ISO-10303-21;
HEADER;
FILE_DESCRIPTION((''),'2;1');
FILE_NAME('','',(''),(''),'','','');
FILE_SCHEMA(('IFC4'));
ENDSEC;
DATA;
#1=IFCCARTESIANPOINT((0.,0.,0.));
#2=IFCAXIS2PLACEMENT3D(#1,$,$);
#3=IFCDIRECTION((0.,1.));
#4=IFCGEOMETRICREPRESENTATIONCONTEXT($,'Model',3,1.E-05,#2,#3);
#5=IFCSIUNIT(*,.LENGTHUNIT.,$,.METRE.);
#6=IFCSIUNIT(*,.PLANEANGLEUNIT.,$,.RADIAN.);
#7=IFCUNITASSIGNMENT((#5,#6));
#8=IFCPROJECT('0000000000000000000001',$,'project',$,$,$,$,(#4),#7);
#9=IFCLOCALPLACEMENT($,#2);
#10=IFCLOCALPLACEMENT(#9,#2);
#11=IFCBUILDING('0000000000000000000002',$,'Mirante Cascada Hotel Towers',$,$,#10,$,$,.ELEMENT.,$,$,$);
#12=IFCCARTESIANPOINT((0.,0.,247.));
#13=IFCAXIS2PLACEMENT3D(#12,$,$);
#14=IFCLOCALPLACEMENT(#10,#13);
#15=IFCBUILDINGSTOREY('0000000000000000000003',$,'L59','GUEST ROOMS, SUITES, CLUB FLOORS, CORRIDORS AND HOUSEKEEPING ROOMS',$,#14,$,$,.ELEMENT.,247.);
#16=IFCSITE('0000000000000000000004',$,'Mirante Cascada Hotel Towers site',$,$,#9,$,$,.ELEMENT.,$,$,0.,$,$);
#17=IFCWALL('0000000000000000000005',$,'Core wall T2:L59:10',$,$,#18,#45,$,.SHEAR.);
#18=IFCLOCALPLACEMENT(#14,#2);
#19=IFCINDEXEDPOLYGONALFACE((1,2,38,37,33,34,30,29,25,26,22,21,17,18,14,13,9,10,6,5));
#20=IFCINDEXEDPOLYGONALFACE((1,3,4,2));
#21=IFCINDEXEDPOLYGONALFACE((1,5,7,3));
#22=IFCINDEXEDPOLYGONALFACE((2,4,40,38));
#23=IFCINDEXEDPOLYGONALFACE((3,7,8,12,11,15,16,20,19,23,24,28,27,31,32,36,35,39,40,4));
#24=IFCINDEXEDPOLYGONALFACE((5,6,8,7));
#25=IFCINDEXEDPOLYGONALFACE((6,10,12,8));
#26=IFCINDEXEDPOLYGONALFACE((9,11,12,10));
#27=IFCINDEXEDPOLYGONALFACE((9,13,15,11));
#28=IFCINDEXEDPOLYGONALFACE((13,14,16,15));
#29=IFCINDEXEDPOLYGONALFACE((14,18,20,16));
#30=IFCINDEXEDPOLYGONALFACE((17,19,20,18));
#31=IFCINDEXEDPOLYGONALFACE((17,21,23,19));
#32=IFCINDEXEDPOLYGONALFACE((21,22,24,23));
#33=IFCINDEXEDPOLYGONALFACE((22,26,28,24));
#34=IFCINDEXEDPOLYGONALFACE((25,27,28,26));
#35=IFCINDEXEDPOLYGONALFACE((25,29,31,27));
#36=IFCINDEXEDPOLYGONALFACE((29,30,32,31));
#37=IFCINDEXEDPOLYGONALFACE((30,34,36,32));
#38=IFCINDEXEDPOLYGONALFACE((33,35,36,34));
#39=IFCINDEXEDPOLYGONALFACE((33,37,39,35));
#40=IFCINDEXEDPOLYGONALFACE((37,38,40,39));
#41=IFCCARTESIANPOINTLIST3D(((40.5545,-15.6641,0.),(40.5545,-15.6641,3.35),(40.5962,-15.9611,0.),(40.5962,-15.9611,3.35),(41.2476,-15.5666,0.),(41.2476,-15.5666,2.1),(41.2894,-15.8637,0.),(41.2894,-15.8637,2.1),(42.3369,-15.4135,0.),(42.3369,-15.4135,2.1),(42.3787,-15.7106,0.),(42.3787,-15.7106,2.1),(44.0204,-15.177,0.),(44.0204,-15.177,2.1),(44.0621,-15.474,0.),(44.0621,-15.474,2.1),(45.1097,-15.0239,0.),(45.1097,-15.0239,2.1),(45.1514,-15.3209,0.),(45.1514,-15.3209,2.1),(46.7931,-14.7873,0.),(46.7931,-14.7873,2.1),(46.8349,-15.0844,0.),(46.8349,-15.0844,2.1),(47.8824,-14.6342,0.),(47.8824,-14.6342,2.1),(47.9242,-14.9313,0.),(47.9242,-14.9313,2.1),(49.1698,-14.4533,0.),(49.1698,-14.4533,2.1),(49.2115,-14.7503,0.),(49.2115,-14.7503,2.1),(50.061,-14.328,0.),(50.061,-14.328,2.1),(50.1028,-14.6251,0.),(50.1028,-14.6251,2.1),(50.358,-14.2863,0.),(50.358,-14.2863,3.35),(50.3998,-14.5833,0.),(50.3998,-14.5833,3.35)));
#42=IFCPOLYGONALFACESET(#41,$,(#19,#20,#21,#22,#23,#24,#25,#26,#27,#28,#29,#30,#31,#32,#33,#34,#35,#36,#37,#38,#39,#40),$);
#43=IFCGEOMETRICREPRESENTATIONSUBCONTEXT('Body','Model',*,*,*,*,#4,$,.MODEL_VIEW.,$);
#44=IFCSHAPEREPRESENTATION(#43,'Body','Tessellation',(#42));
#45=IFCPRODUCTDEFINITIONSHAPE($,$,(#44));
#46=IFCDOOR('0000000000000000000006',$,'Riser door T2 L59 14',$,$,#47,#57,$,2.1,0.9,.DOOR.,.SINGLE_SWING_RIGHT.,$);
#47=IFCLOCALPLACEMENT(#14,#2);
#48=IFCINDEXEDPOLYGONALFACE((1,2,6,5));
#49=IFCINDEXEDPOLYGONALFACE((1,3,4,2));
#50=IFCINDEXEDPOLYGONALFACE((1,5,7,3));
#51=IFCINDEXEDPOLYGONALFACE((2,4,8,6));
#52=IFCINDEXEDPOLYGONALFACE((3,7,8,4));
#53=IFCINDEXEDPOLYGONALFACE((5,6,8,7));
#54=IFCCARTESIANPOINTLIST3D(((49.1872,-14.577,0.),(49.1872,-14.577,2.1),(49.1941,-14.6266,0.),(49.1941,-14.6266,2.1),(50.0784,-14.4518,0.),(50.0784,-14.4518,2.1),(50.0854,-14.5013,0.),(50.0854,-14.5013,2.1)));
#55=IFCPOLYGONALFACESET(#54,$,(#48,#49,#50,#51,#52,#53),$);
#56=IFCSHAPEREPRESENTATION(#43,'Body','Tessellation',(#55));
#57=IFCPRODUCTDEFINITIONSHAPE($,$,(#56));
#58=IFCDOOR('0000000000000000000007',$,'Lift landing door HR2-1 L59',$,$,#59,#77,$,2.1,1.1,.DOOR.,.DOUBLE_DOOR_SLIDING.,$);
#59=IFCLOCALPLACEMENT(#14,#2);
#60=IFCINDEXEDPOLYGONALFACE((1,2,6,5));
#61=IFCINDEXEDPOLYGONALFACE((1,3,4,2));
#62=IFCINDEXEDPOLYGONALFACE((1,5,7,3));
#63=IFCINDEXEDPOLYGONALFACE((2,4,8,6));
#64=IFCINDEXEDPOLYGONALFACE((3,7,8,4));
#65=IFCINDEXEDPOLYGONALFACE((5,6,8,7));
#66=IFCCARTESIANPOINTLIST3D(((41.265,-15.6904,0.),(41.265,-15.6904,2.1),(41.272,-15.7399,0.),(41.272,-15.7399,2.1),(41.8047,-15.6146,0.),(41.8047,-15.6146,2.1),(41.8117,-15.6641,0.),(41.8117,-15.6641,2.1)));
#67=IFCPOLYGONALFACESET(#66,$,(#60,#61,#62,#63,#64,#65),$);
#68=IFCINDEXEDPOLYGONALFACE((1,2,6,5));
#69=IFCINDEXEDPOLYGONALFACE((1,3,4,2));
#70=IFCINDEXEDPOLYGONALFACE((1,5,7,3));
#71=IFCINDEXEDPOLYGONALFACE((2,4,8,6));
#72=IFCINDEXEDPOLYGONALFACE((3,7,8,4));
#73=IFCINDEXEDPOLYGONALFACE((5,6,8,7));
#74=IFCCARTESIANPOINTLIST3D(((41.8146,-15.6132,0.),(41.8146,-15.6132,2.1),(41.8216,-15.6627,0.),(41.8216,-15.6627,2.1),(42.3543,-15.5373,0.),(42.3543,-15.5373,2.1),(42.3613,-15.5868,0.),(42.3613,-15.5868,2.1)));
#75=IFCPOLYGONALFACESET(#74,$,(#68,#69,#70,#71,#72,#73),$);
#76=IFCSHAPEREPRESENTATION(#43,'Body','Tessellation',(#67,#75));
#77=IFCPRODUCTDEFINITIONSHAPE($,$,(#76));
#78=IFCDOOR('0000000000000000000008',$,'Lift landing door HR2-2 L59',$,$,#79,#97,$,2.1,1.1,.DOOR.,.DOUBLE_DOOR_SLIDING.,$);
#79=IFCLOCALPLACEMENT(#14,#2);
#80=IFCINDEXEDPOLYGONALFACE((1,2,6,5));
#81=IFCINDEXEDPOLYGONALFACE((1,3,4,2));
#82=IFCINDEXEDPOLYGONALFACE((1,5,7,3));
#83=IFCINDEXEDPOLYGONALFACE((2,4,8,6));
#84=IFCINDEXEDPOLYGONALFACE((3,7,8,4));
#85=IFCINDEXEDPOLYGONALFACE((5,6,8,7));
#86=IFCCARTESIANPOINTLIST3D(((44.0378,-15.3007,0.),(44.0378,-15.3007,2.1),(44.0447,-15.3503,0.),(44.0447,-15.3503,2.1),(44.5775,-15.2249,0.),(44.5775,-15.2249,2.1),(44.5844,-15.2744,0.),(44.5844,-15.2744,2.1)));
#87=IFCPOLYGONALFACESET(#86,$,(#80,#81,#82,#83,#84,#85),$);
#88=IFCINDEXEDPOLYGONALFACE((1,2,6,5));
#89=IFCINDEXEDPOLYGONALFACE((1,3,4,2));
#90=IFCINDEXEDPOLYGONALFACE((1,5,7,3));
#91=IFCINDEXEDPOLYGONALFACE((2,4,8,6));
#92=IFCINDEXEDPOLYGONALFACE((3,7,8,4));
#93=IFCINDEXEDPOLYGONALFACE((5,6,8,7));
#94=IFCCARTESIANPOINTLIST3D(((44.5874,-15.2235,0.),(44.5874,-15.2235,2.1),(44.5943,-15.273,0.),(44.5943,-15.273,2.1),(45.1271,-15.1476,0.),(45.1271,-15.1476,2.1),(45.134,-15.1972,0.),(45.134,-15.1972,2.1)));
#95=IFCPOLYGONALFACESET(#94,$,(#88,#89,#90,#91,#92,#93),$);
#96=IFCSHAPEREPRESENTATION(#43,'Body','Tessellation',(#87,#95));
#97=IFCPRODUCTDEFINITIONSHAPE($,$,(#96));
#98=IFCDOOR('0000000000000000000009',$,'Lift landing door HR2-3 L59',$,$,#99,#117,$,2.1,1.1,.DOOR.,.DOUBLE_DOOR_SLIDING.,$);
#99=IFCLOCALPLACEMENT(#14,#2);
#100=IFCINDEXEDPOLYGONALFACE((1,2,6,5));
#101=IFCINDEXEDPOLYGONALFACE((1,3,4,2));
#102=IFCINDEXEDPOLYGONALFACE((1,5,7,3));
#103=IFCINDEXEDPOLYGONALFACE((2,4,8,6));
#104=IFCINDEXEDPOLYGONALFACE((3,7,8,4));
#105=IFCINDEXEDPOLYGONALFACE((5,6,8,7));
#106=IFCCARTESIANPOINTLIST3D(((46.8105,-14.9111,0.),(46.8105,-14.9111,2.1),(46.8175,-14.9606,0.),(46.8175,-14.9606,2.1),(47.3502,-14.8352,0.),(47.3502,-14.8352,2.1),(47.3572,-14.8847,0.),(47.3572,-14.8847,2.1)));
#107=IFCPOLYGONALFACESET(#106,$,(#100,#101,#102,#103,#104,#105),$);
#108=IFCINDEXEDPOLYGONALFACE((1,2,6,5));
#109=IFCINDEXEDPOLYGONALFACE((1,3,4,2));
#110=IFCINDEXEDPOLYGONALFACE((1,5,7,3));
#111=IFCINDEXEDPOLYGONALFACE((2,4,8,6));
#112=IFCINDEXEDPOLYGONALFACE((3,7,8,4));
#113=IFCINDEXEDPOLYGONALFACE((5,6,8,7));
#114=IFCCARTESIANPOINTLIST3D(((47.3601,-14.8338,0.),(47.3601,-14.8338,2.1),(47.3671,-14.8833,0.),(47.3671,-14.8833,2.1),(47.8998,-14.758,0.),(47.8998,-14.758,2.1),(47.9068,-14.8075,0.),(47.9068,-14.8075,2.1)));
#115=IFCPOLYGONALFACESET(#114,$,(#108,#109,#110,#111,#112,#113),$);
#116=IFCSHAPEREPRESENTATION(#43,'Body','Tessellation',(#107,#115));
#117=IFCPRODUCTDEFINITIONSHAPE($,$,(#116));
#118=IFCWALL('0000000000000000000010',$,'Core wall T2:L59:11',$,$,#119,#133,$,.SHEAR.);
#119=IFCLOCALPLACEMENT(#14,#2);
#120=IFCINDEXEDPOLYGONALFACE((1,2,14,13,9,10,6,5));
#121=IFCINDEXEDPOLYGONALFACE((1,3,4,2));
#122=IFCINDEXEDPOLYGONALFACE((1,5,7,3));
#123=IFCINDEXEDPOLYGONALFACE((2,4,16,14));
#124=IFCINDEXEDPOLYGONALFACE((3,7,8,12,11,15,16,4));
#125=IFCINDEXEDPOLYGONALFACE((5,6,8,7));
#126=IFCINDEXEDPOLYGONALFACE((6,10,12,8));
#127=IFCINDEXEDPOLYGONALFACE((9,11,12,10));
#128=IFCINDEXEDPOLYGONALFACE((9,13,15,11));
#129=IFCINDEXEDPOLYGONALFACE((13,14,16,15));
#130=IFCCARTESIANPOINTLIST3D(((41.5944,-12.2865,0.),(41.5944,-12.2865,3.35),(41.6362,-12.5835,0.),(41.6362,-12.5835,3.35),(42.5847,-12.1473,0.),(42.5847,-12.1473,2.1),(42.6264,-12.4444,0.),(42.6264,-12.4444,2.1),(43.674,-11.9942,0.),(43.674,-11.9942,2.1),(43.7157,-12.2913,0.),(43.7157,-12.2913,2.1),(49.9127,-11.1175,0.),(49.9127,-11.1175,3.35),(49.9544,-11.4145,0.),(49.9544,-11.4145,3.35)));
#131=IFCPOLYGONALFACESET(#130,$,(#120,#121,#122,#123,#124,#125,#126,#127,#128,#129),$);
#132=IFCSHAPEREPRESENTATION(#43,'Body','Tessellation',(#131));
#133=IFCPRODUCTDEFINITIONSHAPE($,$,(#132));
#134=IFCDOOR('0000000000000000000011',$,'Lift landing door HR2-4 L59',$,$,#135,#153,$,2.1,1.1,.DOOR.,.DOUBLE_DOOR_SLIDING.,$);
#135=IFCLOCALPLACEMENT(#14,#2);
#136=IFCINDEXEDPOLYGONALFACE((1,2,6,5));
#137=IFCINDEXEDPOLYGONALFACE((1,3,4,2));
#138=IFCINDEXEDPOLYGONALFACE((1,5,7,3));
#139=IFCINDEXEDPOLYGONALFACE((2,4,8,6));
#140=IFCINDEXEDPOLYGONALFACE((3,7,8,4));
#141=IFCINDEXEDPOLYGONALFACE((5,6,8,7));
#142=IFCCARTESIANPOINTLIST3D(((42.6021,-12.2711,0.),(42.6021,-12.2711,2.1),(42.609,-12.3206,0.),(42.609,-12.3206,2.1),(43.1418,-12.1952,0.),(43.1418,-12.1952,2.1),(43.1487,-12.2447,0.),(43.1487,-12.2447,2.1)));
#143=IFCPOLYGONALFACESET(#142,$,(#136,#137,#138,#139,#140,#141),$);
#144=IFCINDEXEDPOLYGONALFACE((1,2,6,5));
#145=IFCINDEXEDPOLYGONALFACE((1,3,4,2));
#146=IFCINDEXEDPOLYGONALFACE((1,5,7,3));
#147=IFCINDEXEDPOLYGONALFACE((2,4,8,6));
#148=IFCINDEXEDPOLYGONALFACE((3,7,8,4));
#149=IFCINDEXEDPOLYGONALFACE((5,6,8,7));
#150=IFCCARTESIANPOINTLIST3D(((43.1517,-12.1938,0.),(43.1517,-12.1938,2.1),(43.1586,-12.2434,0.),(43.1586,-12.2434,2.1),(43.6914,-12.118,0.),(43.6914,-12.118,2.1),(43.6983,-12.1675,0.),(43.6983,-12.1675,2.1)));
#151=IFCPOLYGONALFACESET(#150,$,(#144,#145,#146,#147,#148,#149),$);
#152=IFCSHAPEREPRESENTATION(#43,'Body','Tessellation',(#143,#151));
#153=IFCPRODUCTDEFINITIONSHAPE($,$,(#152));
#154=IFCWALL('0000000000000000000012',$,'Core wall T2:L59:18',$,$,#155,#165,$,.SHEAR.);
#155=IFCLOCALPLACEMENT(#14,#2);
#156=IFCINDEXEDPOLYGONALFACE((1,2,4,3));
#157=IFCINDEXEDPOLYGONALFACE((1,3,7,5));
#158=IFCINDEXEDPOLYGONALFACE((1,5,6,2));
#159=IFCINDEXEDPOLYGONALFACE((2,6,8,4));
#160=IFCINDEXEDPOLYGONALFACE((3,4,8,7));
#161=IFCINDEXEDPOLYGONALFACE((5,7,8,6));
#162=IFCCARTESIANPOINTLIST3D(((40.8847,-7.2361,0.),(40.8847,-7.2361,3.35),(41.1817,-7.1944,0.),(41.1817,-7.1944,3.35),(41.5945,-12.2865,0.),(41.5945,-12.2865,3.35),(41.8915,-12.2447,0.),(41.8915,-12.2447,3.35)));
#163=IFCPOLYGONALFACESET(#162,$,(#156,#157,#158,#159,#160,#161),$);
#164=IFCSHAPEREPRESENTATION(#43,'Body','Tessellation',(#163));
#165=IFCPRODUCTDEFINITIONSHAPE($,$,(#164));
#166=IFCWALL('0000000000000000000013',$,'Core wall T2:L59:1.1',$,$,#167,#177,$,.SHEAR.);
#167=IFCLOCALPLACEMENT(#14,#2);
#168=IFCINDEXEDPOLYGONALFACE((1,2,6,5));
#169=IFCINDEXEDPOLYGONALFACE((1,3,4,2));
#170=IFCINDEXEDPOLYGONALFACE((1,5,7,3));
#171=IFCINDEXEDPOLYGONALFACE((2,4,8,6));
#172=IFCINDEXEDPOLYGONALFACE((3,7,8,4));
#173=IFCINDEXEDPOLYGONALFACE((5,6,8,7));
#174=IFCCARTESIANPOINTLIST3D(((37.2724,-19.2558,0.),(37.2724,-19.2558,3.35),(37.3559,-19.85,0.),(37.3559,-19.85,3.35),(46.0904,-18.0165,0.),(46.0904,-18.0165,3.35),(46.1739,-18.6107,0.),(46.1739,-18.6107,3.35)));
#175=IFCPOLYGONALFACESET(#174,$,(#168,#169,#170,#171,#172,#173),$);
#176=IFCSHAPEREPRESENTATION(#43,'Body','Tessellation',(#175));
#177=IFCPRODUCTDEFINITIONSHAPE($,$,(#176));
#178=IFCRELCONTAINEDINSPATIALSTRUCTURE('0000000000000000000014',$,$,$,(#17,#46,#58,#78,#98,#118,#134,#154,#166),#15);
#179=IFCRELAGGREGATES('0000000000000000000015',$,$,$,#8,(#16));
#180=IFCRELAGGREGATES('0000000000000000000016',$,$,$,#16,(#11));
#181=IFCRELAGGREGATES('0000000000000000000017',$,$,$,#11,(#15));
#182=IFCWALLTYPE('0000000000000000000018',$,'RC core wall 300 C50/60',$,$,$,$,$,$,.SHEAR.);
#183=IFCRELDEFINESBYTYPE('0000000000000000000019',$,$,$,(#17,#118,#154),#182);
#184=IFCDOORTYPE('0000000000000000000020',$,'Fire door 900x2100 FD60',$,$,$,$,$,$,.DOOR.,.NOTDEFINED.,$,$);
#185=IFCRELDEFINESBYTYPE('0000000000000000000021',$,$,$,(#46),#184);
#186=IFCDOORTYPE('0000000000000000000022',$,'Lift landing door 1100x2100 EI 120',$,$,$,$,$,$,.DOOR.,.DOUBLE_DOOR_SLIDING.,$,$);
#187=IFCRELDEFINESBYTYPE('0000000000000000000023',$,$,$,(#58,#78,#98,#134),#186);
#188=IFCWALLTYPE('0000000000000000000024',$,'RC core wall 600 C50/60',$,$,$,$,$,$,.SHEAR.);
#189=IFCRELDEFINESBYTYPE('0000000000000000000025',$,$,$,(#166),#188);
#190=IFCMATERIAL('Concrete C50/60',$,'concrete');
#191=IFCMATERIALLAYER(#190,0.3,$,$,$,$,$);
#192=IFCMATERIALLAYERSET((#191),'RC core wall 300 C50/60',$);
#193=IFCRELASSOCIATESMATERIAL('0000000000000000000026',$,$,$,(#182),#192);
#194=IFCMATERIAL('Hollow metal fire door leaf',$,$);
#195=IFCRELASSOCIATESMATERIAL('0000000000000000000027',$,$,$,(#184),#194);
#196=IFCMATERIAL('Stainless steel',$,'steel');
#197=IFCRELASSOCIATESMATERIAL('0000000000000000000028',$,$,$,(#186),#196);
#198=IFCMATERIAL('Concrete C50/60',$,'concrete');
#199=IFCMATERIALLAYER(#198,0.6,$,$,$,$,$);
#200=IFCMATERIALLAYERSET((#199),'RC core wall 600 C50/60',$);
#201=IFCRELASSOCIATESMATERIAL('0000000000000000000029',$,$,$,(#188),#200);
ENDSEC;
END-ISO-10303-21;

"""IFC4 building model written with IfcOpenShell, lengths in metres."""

from ifc_helpers import new_model, si_unit, direction, frame, frame_2d, origin, place, context, subcontext, project, spatial, rectangle, extrude, material, layer, layer_set, type_object, element, fill, save


model = new_model("IFC4")

# Units and contexts
model_context = context("Model", 3, precision=1e-05, world=origin(), true_north=direction((0.0, 1.0)))
body_context = subcontext(model_context, "Body", "Model", "MODEL_VIEW")
ifc_project = project(units=[si_unit("LENGTHUNIT", "METRE"), si_unit("PLANEANGLEUNIT", "RADIAN")], contexts=[model_context])

# Site, building, storey
site_placement = place(None, origin())
site = spatial("IfcSite", under=ifc_project, at=site_placement, Name="Mirante Cascada Hotel Towers site", CompositionType="ELEMENT", RefElevation=0.0)
building_placement = place(site_placement, origin())
building = spatial("IfcBuilding", under=site, at=building_placement, Name="Mirante Cascada Hotel Towers", CompositionType="ELEMENT")
storey_placement = place(building_placement, frame((0.0, 0.0, 247.0)))
storey = spatial("IfcBuildingStorey", under=building, at=storey_placement, Name="L59", Description="GUEST ROOMS, SUITES, CLUB FLOORS, CORRIDORS AND HOUSEKEEPING ROOMS", CompositionType="ELEMENT", Elevation=247.0)

# Shared definitions
ifc_material_1 = material(Name="Concrete C50/60", Category="concrete")
ifc_layer_1 = layer(ifc_material_1, 0.3)
ifc_layer_set_1 = layer_set([ifc_layer_1], Name="RC core wall 300 C50/60")
wall_type_1 = type_object("IfcWallType", Name="RC core wall 300 C50/60", PredefinedType="SHEAR", material=ifc_layer_set_1)

# Wall, openings, doors
wall_1_placement = place(storey_placement, frame((40.5753, -15.8126, 0.0), z_axis=(0.0, 0.0, 1.0), x_axis=(0.990268, 0.139173, 0.0)))
wall_1 = element("IfcWall", 1, at=wall_1_placement, inside=storey, type_object=wall_type_1, Name="Core wall T2:L59:10", PredefinedType="SHEAR", context=body_context, shape_type="SweptSolid", body=[
    extrude(rectangle(XDim=9.8999, YDim=0.3, at=frame_2d((4.95, 0.0))), origin(), (0.0, 0.0, 1.0), 3.35),
])
opening_1_placement = place(wall_1_placement, frame((0.7, 0.0, 0.0)))
opening_1 = element("IfcOpeningElement", 2, at=opening_1_placement, cuts=wall_1, PredefinedType="OPENING", context=body_context, shape_type="SweptSolid", body=[
    extrude(rectangle(XDim=1.1, YDim=2.1, at=frame_2d((0.55, 1.05))), frame((0.0, 0.15, 0.0), z_axis=(0.0, -1.0, 0.0), x_axis=(1.0, 0.0, 0.0)), (0.0, 0.0, 1.0), 0.3),
])
opening_2_placement = place(wall_1_placement, frame((3.5, 0.0, 0.0)))
opening_2 = element("IfcOpeningElement", 3, at=opening_2_placement, cuts=wall_1, PredefinedType="OPENING", context=body_context, shape_type="SweptSolid", body=[
    extrude(rectangle(XDim=1.1, YDim=2.1, at=frame_2d((0.55, 1.05))), frame((0.0, 0.15, 0.0), z_axis=(0.0, -1.0, 0.0), x_axis=(1.0, 0.0, 0.0)), (0.0, 0.0, 1.0), 0.3),
])
opening_3_placement = place(wall_1_placement, frame((6.3, 0.0, 0.0)))
opening_3 = element("IfcOpeningElement", 4, at=opening_3_placement, cuts=wall_1, PredefinedType="OPENING", context=body_context, shape_type="SweptSolid", body=[
    extrude(rectangle(XDim=1.1, YDim=2.1, at=frame_2d((0.55, 1.05))), frame((0.0, 0.15, 0.0), z_axis=(0.0, -1.0, 0.0), x_axis=(1.0, 0.0, 0.0)), (0.0, 0.0, 1.0), 0.3),
])
opening_4_placement = place(wall_1_placement, frame((8.7, 0.0, 0.0)))
opening_4 = element("IfcOpeningElement", 5, at=opening_4_placement, cuts=wall_1, PredefinedType="OPENING", context=body_context, shape_type="SweptSolid", body=[
    extrude(rectangle(XDim=0.9, YDim=2.1, at=frame_2d((0.45, 1.05))), frame((0.0, 0.15, 0.0), z_axis=(0.0, -1.0, 0.0), x_axis=(1.0, 0.0, 0.0)), (0.0, 0.0, 1.0), 0.3),
])
ifc_material_2 = material(Name="Hollow metal fire door leaf")
door_type_1 = type_object("IfcDoorType", Name="Fire door 900x2100 FD60", OperationType="NOTDEFINED", PredefinedType="DOOR", material=ifc_material_2)
door_1_placement = place(opening_4_placement, frame((0.9, 0.0, 0.0), z_axis=(0.0, 0.0, 1.0), x_axis=(-1.0, 0.0, 0.0)))
door_1 = element("IfcDoor", 6, at=door_1_placement, inside=storey, type_object=door_type_1, Name="Riser door T2 L59 14", OperationType="SINGLE_SWING_RIGHT", OverallHeight=2.1, OverallWidth=0.9, PredefinedType="DOOR", context=body_context, shape_type="SweptSolid", body=[
    extrude(rectangle(XDim=0.9, YDim=2.1, at=frame_2d((0.45, 1.05))), frame((0.0, 0.025, 0.0), z_axis=(0.0, -1.0, 0.0), x_axis=(1.0, 0.0, 0.0)), (0.0, 0.0, 1.0), 0.05),
])
fill(opening_4, door_1)
ifc_material_3 = material(Name="Stainless steel", Category="steel")
door_type_2 = type_object("IfcDoorType", Name="Lift landing door 1100x2100 EI 120", OperationType="DOUBLE_DOOR_SLIDING", PredefinedType="DOOR", material=ifc_material_3)
door_2_placement = place(opening_1_placement, origin())
door_2 = element("IfcDoor", 7, at=door_2_placement, inside=storey, type_object=door_type_2, Name="Lift landing door HR2-1 L59", OperationType="DOUBLE_DOOR_SLIDING", OverallHeight=2.1, OverallWidth=1.1, PredefinedType="DOOR", context=body_context, shape_type="SweptSolid", body=[
    extrude(rectangle(XDim=0.545, YDim=2.1, at=frame_2d((0.2725, 1.05))), frame((0.0, 0.025, 0.0), z_axis=(0.0, -1.0, 0.0), x_axis=(1.0, 0.0, 0.0)), (0.0, 0.0, 1.0), 0.05),
    extrude(rectangle(XDim=0.545, YDim=2.1, at=frame_2d((0.8275, 1.05))), frame((0.0, 0.025, 0.0), z_axis=(0.0, -1.0, 0.0), x_axis=(1.0, 0.0, 0.0)), (0.0, 0.0, 1.0), 0.05),
])
fill(opening_1, door_2)
door_3_placement = place(opening_2_placement, origin())
door_3 = element("IfcDoor", 8, at=door_3_placement, inside=storey, type_object=door_type_2, Name="Lift landing door HR2-2 L59", OperationType="DOUBLE_DOOR_SLIDING", OverallHeight=2.1, OverallWidth=1.1, PredefinedType="DOOR", context=body_context, shape_type="SweptSolid", body=[
    extrude(rectangle(XDim=0.545, YDim=2.1, at=frame_2d((0.2725, 1.05))), frame((0.0, 0.025, 0.0), z_axis=(0.0, -1.0, 0.0), x_axis=(1.0, 0.0, 0.0)), (0.0, 0.0, 1.0), 0.05),
    extrude(rectangle(XDim=0.545, YDim=2.1, at=frame_2d((0.8275, 1.05))), frame((0.0, 0.025, 0.0), z_axis=(0.0, -1.0, 0.0), x_axis=(1.0, 0.0, 0.0)), (0.0, 0.0, 1.0), 0.05),
])
fill(opening_2, door_3)
door_4_placement = place(opening_3_placement, origin())
door_4 = element("IfcDoor", 9, at=door_4_placement, inside=storey, type_object=door_type_2, Name="Lift landing door HR2-3 L59", OperationType="DOUBLE_DOOR_SLIDING", OverallHeight=2.1, OverallWidth=1.1, PredefinedType="DOOR", context=body_context, shape_type="SweptSolid", body=[
    extrude(rectangle(XDim=0.545, YDim=2.1, at=frame_2d((0.2725, 1.05))), frame((0.0, 0.025, 0.0), z_axis=(0.0, -1.0, 0.0), x_axis=(1.0, 0.0, 0.0)), (0.0, 0.0, 1.0), 0.05),
    extrude(rectangle(XDim=0.545, YDim=2.1, at=frame_2d((0.8275, 1.05))), frame((0.0, 0.025, 0.0), z_axis=(0.0, -1.0, 0.0), x_axis=(1.0, 0.0, 0.0)), (0.0, 0.0, 1.0), 0.05),
])
fill(opening_3, door_4)

# Wall, opening, door
wall_2_placement = place(storey_placement, frame((41.6153, -12.435, 0.0), z_axis=(0.0, 0.0, 1.0), x_axis=(0.990269, 0.139166, 0.0)))
wall_2 = element("IfcWall", 10, at=wall_2_placement, inside=storey, type_object=wall_type_1, Name="Core wall T2:L59:11", PredefinedType="SHEAR", context=body_context, shape_type="SweptSolid", body=[
    extrude(rectangle(XDim=8.4, YDim=0.3, at=frame_2d((4.2, 0.0))), origin(), (0.0, 0.0, 1.0), 3.35),
])
opening_5_placement = place(wall_2_placement, frame((1.0, 0.0, 0.0)))
opening_5 = element("IfcOpeningElement", 11, at=opening_5_placement, cuts=wall_2, PredefinedType="OPENING", context=body_context, shape_type="SweptSolid", body=[
    extrude(rectangle(XDim=1.1, YDim=2.1, at=frame_2d((0.55, 1.05))), frame((0.0, 0.15, 0.0), z_axis=(0.0, -1.0, 0.0), x_axis=(1.0, 0.0, 0.0)), (0.0, 0.0, 1.0), 0.3),
])
door_5_placement = place(opening_5_placement, origin())
door_5 = element("IfcDoor", 12, at=door_5_placement, inside=storey, type_object=door_type_2, Name="Lift landing door HR2-4 L59", OperationType="DOUBLE_DOOR_SLIDING", OverallHeight=2.1, OverallWidth=1.1, PredefinedType="DOOR", context=body_context, shape_type="SweptSolid", body=[
    extrude(rectangle(XDim=0.545, YDim=2.1, at=frame_2d((0.2725, 1.05))), frame((0.0, 0.025, 0.0), z_axis=(0.0, -1.0, 0.0), x_axis=(1.0, 0.0, 0.0)), (0.0, 0.0, 1.0), 0.05),
    extrude(rectangle(XDim=0.545, YDim=2.1, at=frame_2d((0.8275, 1.05))), frame((0.0, 0.025, 0.0), z_axis=(0.0, -1.0, 0.0), x_axis=(1.0, 0.0, 0.0)), (0.0, 0.0, 1.0), 0.05),
])
fill(opening_5, door_5)

# Walls
wall_3_placement = place(storey_placement, frame((41.743, -12.2656, 0.0), z_axis=(0.0, 0.0, 1.0), x_axis=(-0.139176, 0.990268, 0.0)))
element("IfcWall", 13, at=wall_3_placement, inside=storey, type_object=wall_type_1, Name="Core wall T2:L59:18", PredefinedType="SHEAR", context=body_context, shape_type="SweptSolid", body=[
    extrude(rectangle(XDim=5.1, YDim=0.3, at=frame_2d((2.55, 0.0))), origin(), (0.0, 0.0, 1.0), 3.35),
])
ifc_material_4 = material(Name="Concrete C50/60", Category="concrete")
ifc_layer_2 = layer(ifc_material_4, 0.6)
ifc_layer_set_2 = layer_set([ifc_layer_2], Name="RC core wall 600 C50/60")
wall_type_2 = type_object("IfcWallType", Name="RC core wall 600 C50/60", PredefinedType="SHEAR", material=ifc_layer_set_2)
wall_4_placement = place(storey_placement, frame((37.3141, -19.5529, 0.0), z_axis=(0.0, 0.0, 1.0), x_axis=(0.990268, 0.139174, 0.0)))
element("IfcWall", 14, at=wall_4_placement, inside=storey, type_object=wall_type_2, Name="Core wall T2:L59:1.1", PredefinedType="SHEAR", context=body_context, shape_type="SweptSolid", body=[
    extrude(rectangle(XDim=8.9047, YDim=0.6, at=frame_2d((4.4524, 0.0))), origin(), (0.0, 0.0, 1.0), 3.35),
])

save(model, "model.ifc")
